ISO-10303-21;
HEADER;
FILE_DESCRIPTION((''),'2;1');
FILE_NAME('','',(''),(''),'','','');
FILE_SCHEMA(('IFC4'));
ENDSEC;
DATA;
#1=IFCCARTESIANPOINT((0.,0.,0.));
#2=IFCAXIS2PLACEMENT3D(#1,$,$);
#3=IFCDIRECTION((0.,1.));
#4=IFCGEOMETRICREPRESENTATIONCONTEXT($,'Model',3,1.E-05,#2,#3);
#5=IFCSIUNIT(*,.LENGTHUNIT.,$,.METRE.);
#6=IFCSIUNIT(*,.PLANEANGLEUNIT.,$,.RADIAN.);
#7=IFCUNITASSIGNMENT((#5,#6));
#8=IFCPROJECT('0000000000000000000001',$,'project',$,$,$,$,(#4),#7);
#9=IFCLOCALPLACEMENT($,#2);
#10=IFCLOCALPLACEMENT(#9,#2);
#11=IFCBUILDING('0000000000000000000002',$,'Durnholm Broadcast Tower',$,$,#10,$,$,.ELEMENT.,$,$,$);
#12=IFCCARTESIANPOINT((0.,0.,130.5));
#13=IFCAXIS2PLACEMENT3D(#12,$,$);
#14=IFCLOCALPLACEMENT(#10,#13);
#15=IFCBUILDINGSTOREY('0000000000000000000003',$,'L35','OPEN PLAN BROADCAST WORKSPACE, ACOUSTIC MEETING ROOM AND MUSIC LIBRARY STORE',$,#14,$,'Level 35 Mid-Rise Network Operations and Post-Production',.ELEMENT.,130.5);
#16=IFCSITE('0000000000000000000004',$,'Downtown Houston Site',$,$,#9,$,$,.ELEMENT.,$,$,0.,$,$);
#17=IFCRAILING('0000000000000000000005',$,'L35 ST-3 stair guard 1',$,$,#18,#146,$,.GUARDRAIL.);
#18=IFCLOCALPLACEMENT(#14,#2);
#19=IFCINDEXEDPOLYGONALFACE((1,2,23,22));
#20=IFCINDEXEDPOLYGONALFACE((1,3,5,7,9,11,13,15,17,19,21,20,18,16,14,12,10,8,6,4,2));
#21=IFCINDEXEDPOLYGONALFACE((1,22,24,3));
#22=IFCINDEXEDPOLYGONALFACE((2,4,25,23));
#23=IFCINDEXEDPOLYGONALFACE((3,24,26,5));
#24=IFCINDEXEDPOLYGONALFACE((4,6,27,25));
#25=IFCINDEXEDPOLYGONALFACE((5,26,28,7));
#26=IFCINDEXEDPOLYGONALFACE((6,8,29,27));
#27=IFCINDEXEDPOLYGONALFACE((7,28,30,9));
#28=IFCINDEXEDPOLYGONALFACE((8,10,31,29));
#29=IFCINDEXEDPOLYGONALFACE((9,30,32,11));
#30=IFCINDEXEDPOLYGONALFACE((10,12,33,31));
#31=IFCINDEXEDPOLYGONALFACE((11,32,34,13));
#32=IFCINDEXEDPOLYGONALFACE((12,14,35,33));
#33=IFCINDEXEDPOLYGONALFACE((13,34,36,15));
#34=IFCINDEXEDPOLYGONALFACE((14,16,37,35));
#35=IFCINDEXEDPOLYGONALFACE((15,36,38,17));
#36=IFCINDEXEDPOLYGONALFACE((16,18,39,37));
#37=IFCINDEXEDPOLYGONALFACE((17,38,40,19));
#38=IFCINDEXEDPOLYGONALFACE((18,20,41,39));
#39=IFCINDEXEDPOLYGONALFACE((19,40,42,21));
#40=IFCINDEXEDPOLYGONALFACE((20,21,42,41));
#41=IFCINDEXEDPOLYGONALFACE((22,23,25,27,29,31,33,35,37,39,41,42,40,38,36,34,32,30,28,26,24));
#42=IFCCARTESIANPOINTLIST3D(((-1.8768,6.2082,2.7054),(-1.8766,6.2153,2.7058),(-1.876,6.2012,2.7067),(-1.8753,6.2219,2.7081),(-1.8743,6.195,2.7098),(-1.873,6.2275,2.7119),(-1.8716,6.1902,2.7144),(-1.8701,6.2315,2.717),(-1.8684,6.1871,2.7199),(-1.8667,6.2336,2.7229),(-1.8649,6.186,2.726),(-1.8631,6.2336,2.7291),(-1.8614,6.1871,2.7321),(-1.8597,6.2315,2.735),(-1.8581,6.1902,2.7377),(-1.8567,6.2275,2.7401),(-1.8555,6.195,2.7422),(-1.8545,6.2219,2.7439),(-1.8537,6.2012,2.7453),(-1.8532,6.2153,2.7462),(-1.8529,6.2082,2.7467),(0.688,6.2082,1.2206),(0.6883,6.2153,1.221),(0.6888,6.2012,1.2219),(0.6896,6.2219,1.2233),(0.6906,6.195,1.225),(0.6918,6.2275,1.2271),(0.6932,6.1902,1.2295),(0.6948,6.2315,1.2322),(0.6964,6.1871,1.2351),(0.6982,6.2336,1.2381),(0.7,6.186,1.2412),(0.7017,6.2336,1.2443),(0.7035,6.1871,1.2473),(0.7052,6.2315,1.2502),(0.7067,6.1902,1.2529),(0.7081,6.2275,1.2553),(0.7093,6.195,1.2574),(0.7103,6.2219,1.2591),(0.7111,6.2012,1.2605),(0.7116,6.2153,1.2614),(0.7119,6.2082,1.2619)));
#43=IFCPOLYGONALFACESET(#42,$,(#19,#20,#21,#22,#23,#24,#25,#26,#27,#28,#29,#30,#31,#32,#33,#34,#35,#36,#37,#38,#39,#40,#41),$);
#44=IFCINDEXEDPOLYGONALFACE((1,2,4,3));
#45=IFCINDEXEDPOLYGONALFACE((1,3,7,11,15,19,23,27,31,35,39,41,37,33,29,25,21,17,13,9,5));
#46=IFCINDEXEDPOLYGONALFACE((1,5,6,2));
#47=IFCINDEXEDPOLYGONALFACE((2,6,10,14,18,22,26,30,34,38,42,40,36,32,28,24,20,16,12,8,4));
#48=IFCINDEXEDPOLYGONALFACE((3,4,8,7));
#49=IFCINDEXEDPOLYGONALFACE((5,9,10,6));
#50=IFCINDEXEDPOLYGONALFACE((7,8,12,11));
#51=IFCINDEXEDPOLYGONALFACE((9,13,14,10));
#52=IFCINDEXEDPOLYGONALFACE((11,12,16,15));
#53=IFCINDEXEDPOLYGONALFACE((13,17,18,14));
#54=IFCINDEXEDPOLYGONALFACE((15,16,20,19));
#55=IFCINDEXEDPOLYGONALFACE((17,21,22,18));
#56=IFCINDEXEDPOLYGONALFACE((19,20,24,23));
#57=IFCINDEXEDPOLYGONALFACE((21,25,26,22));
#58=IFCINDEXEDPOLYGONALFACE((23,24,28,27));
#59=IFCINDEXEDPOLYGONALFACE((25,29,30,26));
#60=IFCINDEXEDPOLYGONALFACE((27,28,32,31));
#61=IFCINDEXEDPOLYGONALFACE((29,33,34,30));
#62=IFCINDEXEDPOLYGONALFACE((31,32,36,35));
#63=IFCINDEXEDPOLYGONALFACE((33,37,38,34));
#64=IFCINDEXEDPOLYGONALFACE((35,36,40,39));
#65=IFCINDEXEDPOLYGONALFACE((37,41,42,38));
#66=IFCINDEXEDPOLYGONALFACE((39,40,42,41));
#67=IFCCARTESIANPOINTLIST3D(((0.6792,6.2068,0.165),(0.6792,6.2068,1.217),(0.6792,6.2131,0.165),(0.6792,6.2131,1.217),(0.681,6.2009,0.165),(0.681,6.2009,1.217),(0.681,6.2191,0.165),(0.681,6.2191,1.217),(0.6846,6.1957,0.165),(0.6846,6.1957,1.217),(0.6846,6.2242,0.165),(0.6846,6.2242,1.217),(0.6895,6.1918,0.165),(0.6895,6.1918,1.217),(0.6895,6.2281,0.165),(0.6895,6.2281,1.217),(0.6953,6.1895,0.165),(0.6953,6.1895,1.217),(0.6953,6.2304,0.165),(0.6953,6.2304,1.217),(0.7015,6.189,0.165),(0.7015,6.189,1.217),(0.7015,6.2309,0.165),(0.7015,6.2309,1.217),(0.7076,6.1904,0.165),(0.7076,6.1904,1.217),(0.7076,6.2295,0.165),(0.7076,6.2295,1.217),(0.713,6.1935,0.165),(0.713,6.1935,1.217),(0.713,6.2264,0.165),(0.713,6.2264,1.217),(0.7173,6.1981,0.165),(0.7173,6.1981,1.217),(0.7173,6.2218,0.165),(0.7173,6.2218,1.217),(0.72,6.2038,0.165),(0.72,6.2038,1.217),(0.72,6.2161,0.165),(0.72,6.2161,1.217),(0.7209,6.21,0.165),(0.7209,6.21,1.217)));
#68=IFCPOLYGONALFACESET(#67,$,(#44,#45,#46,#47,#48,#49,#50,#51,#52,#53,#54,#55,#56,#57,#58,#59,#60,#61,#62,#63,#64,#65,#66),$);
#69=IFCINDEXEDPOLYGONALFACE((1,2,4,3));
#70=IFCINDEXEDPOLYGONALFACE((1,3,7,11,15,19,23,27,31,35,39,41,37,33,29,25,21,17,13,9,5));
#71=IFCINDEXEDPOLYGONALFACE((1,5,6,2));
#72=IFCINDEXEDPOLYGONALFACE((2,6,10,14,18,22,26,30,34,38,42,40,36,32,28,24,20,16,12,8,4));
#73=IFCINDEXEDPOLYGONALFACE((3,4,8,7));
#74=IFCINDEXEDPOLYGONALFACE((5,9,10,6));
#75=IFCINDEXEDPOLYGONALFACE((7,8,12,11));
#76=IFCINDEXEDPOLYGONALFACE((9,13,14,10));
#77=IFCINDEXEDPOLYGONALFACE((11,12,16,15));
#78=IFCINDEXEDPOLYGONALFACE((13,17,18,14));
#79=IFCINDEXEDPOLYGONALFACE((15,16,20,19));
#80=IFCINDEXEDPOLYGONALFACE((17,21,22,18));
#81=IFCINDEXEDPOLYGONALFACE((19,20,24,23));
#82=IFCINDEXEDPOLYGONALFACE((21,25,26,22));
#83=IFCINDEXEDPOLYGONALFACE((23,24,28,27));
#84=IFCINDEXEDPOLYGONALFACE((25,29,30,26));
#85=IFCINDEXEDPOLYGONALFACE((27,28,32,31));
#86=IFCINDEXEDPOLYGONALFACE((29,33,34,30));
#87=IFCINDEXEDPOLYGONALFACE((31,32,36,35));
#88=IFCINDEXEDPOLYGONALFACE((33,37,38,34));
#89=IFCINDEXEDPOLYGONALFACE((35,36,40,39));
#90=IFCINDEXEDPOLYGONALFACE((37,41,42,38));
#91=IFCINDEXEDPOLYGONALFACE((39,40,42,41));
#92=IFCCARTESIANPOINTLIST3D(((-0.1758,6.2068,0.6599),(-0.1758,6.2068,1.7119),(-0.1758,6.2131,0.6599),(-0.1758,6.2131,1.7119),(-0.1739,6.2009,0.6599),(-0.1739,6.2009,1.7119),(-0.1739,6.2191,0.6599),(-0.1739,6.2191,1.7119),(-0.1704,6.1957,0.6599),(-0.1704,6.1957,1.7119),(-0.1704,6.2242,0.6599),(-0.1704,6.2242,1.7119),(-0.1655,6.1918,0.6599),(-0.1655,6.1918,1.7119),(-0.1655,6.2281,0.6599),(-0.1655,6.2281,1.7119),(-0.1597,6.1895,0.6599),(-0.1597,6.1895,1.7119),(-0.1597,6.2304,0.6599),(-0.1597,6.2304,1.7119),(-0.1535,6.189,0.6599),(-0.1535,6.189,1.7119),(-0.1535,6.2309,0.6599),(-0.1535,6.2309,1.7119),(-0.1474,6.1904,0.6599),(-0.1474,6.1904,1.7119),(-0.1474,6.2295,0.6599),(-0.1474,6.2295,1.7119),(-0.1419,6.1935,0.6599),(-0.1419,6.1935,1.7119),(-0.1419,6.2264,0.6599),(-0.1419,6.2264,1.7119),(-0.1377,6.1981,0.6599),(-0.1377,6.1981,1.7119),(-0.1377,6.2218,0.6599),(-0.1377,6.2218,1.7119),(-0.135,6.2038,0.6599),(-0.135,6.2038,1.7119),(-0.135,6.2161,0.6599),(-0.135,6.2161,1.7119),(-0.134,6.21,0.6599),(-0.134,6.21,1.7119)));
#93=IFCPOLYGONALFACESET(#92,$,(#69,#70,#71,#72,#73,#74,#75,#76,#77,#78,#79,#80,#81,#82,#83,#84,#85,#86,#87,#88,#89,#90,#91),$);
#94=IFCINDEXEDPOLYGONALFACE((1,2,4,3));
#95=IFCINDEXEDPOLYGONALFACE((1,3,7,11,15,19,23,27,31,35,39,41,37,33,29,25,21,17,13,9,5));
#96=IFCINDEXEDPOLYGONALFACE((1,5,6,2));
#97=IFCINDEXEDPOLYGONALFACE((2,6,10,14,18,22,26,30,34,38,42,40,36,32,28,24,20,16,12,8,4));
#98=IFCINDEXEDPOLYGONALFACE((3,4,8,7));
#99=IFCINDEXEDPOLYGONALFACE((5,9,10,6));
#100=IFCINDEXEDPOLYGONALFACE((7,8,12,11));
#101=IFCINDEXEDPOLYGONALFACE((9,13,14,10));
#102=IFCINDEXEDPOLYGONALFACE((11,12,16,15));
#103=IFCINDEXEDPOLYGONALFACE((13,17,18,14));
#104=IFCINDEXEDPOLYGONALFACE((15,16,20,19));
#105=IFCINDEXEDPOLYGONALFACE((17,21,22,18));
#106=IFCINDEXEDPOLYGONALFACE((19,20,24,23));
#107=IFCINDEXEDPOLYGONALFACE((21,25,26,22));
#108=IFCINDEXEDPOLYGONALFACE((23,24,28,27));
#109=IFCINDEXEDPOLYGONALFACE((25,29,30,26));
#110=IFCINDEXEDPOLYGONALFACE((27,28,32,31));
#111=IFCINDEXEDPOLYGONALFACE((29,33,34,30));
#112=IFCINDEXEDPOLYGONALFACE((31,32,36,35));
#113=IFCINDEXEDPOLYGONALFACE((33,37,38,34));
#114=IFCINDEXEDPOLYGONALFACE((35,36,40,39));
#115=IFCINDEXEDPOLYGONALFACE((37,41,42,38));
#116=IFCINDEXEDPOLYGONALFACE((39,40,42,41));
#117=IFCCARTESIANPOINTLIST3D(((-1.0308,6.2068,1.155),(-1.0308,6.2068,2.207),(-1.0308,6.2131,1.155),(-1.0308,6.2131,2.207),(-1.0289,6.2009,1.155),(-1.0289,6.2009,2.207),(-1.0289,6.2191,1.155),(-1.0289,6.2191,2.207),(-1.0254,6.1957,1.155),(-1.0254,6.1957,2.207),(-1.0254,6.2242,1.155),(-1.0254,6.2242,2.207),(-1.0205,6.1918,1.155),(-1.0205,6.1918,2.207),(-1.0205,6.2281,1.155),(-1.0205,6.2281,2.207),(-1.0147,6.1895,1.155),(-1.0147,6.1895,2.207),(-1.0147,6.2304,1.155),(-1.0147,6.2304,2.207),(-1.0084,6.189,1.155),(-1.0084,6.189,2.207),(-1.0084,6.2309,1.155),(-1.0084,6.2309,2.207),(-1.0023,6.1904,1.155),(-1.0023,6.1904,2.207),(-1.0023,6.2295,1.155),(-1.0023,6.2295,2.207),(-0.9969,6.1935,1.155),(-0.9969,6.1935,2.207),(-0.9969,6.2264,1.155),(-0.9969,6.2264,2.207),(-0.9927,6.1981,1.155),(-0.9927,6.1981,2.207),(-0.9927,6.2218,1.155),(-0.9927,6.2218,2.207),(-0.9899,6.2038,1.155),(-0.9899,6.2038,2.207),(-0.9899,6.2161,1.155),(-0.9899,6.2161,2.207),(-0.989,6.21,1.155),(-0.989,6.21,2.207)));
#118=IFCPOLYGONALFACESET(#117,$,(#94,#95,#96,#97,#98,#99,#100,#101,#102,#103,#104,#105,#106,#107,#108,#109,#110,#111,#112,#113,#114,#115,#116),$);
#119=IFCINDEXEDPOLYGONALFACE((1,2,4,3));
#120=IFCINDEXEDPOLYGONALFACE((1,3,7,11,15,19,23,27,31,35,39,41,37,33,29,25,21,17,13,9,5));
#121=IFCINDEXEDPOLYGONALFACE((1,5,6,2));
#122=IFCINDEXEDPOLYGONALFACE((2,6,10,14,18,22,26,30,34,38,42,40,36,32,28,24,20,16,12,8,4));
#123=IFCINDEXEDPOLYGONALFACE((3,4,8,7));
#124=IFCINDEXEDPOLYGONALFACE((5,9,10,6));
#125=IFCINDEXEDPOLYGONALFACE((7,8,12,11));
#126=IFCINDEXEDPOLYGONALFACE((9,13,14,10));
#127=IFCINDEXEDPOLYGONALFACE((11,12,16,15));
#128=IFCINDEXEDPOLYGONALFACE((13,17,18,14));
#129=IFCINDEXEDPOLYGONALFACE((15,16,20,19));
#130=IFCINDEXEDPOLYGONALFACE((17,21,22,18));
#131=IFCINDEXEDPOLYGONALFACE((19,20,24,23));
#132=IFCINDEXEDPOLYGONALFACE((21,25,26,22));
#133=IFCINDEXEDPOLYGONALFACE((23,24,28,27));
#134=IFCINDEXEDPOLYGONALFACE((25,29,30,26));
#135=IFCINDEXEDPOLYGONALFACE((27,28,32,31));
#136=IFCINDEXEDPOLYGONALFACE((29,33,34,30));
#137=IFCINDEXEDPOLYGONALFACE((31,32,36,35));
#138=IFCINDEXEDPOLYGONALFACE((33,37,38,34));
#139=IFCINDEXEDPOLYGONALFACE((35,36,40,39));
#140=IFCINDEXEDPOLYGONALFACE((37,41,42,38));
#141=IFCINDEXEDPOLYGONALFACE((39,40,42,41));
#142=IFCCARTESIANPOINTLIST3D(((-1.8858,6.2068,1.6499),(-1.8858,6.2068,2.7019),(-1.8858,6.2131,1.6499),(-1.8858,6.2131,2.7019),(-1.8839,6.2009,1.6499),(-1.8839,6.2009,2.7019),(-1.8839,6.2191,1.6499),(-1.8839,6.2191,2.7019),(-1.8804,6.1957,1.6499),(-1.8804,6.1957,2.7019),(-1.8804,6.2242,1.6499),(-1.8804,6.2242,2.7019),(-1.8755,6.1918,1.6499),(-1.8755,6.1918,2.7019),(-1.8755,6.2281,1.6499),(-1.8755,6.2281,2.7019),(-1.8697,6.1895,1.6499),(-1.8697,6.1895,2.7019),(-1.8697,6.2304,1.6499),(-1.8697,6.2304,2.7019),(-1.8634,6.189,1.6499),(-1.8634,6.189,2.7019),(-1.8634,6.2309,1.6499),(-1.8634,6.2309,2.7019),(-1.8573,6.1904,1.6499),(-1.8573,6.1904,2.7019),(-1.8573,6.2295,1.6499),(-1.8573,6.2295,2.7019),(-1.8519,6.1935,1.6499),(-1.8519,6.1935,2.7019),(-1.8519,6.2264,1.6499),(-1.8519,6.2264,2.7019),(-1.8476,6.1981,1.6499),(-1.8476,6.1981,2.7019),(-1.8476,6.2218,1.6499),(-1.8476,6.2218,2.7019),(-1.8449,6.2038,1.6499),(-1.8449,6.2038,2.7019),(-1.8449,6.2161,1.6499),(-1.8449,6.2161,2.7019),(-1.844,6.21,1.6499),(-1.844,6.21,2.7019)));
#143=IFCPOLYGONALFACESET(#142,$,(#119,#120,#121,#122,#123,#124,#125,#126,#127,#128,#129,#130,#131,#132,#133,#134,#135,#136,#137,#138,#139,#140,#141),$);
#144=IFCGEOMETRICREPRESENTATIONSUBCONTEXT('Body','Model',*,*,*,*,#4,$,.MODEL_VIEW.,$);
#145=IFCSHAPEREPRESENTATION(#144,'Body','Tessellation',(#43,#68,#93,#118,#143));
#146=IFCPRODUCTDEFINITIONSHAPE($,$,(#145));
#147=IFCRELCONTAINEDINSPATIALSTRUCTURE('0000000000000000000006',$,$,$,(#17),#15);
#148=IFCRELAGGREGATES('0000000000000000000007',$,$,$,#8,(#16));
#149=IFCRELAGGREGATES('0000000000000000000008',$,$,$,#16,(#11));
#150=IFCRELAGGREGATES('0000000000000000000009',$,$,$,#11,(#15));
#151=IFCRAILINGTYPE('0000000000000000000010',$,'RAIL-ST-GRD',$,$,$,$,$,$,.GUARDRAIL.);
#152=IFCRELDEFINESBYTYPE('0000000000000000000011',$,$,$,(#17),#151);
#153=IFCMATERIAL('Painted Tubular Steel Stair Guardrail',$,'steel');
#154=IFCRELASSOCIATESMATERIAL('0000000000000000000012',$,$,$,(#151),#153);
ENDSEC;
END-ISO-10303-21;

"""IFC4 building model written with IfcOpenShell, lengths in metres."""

from ifc_helpers import new_model, si_unit, direction, frame, origin, origin_2d, place, context, subcontext, project, spatial, circle, extrude, material, type_object, element, save


model = new_model("IFC4")

# Units and contexts
model_context = context("Model", 3, precision=1e-05, world=origin(), true_north=direction((0.0, 1.0)))
body_context = subcontext(model_context, "Body", "Model", "MODEL_VIEW")
ifc_project = project(units=[si_unit("LENGTHUNIT", "METRE"), si_unit("PLANEANGLEUNIT", "RADIAN")], contexts=[model_context])

# Site, building, storey
site_placement = place(None, origin())
site = spatial("IfcSite", under=ifc_project, at=site_placement, Name="Downtown Houston Site", CompositionType="ELEMENT", RefElevation=0.0)
building_placement = place(site_placement, origin())
building = spatial("IfcBuilding", under=site, at=building_placement, Name="Durnholm Broadcast Tower", CompositionType="ELEMENT")
storey_placement = place(building_placement, frame((0.0, 0.0, 130.5)))
storey = spatial("IfcBuildingStorey", under=building, at=storey_placement, Name="L35", Description="OPEN PLAN BROADCAST WORKSPACE, ACOUSTIC MEETING ROOM AND MUSIC LIBRARY STORE", LongName="Level 35 Mid-Rise Network Operations and Post-Production", CompositionType="ELEMENT", Elevation=130.5)

# Railing
ifc_material_1 = material(Name="Painted Tubular Steel Stair Guardrail", Category="steel")
railing_type_1 = type_object("IfcRailingType", Name="RAIL-ST-GRD", PredefinedType="GUARDRAIL", material=ifc_material_1)
railing_1_placement = place(storey_placement, frame((0.7, 6.21, 0.165)))
element("IfcRailing", 1, at=railing_1_placement, inside=storey, type_object=railing_type_1, Name="L35 ST-3 stair guard 1", PredefinedType="GUARDRAIL", context=body_context, shape_type="SweptSolid", body=[
    extrude(circle(Radius=0.0239, at=origin_2d()), frame((0.0, 0.0, 1.0762), z_axis=(-0.865441, 0.0, 0.50101), x_axis=(0.0, -1.0, 0.0)), (0.0, 0.0, 1.0), 2.9636),
    extrude(circle(Radius=0.021, at=origin_2d()), origin(), (0.0, 0.0, 1.0), 1.052),
    extrude(circle(Radius=0.021, at=origin_2d()), frame((-0.855, 0.0, 0.4949)), (0.0, 0.0, 1.0), 1.052),
    extrude(circle(Radius=0.021, at=origin_2d()), frame((-1.71, 0.0, 0.99)), (0.0, 0.0, 1.0), 1.052),
    extrude(circle(Radius=0.021, at=origin_2d()), frame((-2.5649, 0.0, 1.4849)), (0.0, 0.0, 1.0), 1.052),
])

save(model, "model.ifc")
